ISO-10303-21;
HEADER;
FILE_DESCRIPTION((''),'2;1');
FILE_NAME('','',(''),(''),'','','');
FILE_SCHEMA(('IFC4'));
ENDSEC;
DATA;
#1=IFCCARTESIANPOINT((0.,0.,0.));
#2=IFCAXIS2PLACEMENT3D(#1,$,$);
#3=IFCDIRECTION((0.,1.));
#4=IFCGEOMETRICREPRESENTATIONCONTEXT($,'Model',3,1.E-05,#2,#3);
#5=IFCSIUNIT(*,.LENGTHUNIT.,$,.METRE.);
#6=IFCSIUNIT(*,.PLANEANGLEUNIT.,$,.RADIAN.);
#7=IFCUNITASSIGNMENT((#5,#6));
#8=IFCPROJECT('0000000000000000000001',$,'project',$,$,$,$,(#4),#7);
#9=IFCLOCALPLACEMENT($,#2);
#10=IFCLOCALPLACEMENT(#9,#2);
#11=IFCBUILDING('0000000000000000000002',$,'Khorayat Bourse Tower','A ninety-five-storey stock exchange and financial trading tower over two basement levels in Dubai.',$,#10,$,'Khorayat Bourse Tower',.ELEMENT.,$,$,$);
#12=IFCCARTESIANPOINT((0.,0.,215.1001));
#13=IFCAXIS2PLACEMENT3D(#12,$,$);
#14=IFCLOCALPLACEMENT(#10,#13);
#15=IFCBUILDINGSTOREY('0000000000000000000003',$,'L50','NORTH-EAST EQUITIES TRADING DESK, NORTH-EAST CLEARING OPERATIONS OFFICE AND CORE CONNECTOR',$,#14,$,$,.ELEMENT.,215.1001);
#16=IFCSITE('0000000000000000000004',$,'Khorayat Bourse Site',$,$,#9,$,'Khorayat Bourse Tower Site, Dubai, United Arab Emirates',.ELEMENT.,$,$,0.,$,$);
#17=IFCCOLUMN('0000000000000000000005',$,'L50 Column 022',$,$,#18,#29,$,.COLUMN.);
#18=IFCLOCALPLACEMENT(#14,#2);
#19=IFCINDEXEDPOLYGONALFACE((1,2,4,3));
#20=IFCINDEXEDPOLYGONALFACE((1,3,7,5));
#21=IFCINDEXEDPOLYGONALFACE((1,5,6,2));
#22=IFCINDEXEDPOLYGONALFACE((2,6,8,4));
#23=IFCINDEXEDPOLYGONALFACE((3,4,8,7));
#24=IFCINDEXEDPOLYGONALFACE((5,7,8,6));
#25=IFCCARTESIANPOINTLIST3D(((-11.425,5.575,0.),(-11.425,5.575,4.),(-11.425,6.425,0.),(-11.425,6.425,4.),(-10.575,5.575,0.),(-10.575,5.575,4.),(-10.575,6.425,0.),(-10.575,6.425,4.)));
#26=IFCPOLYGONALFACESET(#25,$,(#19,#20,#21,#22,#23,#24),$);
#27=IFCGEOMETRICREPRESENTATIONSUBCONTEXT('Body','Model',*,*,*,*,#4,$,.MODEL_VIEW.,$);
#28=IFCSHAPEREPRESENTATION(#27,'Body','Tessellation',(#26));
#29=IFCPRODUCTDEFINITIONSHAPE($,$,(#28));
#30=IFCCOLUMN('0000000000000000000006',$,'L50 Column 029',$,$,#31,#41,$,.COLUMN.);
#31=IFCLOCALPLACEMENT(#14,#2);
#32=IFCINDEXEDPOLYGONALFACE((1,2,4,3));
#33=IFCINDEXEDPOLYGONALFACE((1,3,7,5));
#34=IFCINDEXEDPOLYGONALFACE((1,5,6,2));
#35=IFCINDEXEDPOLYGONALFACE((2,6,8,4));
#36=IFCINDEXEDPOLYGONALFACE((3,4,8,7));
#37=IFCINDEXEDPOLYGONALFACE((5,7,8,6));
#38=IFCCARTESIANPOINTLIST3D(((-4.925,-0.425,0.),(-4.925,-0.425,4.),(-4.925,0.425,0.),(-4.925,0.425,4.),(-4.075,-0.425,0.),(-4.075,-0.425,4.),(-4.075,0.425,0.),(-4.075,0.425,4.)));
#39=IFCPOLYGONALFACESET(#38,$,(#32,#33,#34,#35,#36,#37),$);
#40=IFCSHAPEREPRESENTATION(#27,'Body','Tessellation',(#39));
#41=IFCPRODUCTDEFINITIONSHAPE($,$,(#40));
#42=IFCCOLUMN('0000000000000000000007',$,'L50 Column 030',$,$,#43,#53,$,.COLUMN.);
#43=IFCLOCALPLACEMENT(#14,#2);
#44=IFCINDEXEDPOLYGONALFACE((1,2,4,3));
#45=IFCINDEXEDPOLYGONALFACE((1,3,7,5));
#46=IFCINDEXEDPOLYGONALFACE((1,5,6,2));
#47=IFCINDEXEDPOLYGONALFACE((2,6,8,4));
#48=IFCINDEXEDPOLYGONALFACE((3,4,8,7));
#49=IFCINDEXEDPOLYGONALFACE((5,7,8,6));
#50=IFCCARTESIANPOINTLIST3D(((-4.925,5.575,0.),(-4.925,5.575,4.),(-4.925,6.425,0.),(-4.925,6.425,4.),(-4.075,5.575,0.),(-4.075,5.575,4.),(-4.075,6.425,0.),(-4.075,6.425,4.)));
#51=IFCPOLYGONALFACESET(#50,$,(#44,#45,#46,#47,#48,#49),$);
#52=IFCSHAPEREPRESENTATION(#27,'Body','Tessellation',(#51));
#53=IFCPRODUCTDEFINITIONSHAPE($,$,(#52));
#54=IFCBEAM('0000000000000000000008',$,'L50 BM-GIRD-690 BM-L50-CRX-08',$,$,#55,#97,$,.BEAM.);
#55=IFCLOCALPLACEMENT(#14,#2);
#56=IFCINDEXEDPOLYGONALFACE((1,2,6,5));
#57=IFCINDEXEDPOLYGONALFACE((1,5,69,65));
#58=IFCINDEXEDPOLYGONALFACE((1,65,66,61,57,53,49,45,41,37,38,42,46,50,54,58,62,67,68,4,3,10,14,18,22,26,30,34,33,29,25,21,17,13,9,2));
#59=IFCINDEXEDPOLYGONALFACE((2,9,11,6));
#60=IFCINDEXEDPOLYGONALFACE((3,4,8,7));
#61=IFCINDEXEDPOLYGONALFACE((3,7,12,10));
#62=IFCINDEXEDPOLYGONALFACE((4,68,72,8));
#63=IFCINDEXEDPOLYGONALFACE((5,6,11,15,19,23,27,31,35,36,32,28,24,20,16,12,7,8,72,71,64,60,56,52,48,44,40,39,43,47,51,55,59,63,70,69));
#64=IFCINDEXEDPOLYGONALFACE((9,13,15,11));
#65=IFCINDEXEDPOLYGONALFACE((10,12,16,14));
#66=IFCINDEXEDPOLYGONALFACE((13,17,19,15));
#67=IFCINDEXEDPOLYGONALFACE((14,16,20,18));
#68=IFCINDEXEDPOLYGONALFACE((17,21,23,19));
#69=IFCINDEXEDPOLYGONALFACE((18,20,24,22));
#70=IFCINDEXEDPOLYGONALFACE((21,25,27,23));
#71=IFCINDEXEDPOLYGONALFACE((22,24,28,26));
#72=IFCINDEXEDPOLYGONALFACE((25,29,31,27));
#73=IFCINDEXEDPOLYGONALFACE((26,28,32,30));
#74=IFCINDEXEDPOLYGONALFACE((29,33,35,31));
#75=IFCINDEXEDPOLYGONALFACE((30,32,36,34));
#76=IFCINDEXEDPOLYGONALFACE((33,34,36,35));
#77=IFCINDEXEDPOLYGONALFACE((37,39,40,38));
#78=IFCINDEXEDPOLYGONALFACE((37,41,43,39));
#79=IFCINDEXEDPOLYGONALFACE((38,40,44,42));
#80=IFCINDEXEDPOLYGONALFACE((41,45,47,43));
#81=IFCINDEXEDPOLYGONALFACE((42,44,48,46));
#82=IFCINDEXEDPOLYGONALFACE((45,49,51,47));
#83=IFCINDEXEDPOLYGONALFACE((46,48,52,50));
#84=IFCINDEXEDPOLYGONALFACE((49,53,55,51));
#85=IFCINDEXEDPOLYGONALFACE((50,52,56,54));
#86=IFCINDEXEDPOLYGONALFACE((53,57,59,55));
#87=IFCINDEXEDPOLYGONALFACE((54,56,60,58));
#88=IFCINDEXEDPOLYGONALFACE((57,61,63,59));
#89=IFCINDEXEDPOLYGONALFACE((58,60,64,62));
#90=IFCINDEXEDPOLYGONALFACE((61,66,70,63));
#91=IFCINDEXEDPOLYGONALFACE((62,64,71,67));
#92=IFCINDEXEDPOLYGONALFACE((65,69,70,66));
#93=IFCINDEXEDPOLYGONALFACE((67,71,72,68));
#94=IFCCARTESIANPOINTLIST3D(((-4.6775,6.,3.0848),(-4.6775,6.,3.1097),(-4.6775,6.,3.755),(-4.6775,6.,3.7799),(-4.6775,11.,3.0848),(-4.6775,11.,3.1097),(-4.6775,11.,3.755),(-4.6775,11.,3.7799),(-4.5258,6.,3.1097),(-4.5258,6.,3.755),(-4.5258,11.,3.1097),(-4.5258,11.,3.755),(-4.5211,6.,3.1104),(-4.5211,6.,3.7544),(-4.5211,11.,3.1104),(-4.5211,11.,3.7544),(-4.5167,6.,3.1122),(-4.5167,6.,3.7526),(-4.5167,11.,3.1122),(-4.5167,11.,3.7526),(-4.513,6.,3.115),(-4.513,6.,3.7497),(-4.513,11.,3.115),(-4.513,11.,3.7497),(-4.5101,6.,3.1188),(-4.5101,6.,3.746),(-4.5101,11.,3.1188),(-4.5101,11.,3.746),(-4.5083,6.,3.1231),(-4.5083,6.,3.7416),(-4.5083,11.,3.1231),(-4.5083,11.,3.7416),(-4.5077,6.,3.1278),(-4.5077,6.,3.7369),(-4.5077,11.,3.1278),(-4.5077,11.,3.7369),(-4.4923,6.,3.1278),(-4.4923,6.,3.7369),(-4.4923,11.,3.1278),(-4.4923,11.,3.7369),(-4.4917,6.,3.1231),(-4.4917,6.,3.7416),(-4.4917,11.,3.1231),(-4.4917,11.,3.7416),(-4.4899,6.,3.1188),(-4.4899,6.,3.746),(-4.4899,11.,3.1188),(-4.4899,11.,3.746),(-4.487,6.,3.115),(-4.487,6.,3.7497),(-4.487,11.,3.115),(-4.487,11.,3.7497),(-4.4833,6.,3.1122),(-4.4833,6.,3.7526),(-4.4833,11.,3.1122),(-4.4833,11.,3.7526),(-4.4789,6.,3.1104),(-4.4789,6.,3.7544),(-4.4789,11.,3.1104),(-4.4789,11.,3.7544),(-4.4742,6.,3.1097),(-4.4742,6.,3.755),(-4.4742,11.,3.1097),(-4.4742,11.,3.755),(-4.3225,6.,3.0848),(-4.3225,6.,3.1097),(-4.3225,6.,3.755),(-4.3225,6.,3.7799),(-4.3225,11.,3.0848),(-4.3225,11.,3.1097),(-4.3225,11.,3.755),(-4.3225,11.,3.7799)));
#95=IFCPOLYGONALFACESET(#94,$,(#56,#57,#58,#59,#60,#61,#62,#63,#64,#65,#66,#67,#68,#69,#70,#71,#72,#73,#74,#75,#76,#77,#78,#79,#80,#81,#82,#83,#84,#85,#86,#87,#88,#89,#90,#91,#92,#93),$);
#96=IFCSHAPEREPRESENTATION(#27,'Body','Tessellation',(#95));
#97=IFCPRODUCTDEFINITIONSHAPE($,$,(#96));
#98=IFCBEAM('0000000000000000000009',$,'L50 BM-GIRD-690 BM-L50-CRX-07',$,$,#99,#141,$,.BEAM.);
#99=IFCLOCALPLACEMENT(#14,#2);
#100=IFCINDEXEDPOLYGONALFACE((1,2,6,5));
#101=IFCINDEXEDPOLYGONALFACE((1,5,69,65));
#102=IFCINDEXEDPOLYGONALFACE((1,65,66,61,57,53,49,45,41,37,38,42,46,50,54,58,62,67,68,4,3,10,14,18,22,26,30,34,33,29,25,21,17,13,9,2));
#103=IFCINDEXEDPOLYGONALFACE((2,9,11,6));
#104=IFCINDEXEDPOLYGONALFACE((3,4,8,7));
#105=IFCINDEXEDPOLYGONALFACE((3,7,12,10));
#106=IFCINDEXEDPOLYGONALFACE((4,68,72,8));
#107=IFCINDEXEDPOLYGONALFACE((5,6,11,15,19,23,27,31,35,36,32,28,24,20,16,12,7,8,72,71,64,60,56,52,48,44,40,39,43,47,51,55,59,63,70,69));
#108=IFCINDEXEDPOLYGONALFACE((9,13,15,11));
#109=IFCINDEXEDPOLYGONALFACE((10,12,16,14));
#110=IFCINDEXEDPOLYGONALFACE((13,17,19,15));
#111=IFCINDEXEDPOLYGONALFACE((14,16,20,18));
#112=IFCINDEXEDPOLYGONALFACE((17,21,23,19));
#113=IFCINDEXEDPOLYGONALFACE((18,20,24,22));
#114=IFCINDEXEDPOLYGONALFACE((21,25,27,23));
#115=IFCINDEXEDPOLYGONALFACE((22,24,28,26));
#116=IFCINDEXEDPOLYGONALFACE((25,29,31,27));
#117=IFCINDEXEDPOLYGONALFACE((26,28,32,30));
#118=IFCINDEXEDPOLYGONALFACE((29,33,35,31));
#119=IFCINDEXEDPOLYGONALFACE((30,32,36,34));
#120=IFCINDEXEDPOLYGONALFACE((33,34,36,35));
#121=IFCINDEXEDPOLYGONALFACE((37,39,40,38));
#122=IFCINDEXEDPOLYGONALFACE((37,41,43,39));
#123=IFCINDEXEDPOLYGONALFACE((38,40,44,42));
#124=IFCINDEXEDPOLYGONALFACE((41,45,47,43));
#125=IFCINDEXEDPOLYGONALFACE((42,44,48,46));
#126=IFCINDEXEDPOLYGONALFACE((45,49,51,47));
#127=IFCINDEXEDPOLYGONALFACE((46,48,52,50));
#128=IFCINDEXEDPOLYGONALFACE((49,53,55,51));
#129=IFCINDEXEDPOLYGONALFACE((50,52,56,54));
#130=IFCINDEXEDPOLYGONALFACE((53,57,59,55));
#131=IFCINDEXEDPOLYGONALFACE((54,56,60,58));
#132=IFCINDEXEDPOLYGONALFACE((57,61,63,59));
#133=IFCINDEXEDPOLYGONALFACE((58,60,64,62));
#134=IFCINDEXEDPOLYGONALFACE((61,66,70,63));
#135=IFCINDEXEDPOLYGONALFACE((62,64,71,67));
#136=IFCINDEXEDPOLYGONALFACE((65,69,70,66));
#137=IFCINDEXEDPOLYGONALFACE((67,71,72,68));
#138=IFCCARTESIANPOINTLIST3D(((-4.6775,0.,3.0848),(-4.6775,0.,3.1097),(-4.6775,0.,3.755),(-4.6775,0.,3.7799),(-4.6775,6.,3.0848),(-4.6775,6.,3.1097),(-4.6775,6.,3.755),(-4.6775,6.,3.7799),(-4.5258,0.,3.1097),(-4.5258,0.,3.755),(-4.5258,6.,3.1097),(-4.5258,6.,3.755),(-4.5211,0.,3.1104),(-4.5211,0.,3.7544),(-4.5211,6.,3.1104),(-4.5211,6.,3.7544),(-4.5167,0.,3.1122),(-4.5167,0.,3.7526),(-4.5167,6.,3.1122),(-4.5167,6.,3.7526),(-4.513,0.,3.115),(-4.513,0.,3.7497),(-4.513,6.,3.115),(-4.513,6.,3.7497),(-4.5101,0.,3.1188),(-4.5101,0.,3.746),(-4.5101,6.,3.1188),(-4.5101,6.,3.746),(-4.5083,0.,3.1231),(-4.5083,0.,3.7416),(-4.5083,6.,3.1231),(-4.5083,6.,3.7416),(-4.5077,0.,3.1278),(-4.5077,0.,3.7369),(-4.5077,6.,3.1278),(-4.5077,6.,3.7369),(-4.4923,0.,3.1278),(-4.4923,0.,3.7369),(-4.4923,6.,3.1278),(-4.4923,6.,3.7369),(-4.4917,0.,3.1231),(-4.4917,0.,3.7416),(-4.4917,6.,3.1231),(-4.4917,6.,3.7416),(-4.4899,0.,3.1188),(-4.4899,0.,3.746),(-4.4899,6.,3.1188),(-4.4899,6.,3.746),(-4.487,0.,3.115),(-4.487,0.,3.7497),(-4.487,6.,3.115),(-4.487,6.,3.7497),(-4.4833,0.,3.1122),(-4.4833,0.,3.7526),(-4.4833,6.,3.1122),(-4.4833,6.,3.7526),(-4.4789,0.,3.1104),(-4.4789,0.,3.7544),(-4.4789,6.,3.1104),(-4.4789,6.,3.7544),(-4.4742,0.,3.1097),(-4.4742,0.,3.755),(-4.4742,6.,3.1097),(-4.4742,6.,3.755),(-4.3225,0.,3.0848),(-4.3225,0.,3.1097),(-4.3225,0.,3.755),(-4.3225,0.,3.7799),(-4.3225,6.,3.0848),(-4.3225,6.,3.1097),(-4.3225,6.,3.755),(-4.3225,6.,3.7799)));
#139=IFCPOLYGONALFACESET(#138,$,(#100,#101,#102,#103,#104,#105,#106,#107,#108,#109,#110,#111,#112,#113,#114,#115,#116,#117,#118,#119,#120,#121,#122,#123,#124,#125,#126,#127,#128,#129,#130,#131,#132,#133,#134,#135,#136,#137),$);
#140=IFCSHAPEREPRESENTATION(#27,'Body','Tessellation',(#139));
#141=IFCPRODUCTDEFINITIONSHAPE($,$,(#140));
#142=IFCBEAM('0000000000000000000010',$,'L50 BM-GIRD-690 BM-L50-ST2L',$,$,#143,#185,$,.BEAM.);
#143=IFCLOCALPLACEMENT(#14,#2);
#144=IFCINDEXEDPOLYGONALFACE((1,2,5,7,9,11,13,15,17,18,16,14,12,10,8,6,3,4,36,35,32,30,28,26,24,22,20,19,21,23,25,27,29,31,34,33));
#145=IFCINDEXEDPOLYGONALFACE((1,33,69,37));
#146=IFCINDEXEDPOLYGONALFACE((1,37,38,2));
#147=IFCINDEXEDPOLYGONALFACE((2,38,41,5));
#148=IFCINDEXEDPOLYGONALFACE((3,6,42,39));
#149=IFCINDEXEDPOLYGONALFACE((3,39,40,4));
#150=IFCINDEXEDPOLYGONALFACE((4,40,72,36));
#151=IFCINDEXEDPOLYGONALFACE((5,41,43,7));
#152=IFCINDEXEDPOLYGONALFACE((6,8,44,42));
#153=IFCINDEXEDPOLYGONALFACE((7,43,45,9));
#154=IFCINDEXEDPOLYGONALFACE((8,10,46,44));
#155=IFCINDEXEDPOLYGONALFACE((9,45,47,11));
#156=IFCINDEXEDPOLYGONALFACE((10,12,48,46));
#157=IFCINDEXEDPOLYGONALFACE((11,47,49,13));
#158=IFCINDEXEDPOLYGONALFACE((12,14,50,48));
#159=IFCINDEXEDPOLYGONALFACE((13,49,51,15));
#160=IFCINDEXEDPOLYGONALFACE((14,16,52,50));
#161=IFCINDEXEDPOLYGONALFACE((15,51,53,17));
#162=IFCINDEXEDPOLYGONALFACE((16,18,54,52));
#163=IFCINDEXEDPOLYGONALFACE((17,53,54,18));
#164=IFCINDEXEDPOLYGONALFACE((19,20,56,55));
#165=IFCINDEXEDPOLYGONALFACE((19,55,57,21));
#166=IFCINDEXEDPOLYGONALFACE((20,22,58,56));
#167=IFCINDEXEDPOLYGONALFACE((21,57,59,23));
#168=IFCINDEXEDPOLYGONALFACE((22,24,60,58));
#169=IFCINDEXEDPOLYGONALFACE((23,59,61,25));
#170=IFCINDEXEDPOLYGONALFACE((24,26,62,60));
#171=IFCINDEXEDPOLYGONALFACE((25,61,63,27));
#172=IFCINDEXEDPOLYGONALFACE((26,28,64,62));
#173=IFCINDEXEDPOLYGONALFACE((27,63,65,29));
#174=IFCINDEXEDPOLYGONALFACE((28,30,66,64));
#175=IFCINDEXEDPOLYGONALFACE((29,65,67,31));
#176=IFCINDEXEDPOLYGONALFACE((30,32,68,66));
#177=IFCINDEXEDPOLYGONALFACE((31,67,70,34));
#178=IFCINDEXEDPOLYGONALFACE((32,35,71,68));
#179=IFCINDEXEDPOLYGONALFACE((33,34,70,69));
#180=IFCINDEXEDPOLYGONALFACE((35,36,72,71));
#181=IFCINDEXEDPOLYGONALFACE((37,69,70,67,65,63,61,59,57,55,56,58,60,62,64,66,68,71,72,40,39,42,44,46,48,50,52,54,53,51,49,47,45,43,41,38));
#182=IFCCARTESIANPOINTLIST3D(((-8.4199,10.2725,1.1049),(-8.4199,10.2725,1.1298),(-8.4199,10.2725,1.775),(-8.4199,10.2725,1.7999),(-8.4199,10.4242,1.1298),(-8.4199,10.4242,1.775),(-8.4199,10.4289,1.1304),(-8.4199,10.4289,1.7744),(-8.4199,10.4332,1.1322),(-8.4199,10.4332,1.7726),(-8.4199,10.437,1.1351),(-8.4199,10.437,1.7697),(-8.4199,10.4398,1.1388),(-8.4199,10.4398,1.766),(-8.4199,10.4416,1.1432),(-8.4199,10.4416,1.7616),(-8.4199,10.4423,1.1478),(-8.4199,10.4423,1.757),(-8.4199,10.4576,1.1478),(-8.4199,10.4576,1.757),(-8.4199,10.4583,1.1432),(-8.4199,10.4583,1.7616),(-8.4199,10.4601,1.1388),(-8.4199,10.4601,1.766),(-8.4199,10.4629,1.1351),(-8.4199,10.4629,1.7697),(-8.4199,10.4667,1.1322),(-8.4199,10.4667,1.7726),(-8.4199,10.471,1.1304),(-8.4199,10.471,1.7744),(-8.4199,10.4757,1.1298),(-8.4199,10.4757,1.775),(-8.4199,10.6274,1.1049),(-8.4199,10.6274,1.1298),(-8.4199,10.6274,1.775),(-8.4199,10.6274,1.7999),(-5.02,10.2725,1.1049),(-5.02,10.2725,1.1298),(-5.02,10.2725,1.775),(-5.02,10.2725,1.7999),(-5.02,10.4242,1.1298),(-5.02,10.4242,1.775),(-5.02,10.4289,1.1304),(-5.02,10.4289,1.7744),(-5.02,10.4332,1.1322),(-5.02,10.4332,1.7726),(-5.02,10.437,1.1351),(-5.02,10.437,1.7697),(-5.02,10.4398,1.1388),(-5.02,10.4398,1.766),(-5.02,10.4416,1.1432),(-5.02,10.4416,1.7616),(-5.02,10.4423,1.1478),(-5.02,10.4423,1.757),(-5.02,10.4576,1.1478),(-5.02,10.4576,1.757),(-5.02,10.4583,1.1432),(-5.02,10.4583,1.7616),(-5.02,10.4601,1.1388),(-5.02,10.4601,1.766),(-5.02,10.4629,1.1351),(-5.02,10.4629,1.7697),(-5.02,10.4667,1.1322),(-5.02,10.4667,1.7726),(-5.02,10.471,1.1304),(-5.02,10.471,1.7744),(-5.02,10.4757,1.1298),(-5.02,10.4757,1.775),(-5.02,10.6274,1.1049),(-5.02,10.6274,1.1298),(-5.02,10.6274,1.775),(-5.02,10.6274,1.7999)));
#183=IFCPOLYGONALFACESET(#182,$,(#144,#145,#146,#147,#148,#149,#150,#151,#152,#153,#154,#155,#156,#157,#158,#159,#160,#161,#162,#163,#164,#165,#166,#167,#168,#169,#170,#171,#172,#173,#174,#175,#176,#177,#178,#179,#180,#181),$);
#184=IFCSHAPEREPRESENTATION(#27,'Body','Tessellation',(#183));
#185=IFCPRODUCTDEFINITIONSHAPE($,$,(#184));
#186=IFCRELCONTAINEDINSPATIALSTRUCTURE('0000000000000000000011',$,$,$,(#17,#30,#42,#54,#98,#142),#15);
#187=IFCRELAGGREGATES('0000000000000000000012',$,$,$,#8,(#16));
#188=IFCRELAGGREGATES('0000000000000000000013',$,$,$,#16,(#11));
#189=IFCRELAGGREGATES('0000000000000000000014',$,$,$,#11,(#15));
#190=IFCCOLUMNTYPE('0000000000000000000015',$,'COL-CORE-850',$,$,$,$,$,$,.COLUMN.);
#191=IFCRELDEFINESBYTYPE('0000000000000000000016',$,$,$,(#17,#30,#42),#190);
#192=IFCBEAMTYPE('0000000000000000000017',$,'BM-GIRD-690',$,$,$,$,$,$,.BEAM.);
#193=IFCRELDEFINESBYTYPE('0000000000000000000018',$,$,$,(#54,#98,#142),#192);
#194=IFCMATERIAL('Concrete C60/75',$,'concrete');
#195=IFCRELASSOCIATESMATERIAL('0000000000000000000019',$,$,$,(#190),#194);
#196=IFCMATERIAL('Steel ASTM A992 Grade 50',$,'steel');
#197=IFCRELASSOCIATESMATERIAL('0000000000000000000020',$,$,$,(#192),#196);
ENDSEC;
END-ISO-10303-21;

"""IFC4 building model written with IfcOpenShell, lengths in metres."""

from ifc_helpers import new_model, si_unit, direction, frame, origin, origin_2d, place, context, subcontext, project, spatial, rectangle, i_section, extrude, source, transform, mapped, material, material_profile, profile_set, type_object, element, save


model = new_model("IFC4")

# Units and contexts
model_context = context("Model", 3, precision=1e-05, world=origin(), true_north=direction((0.0, 1.0)))
body_context = subcontext(model_context, "Body", "Model", "MODEL_VIEW")
ifc_project = project(units=[si_unit("LENGTHUNIT", "METRE"), si_unit("PLANEANGLEUNIT", "RADIAN")], contexts=[model_context])

# Site, building, storey
site_placement = place(None, origin())
site = spatial("IfcSite", under=ifc_project, at=site_placement, Name="Khorayat Bourse Site", LongName="Khorayat Bourse Tower Site, Dubai, United Arab Emirates", CompositionType="ELEMENT", RefElevation=0.0)
building_placement = place(site_placement, origin())
building = spatial("IfcBuilding", under=site, at=building_placement, Name="Khorayat Bourse Tower", Description="A ninety-five-storey stock exchange and financial trading tower over two basement levels in Dubai.", LongName="Khorayat Bourse Tower", CompositionType="ELEMENT")
storey_placement = place(building_placement, frame((0.0, 0.0, 215.1001)))
storey = spatial("IfcBuildingStorey", under=building, at=storey_placement, Name="L50", Description="NORTH-EAST EQUITIES TRADING DESK, NORTH-EAST CLEARING OPERATIONS OFFICE AND CORE CONNECTOR", CompositionType="ELEMENT", Elevation=215.1001)

# Columns
ifc_material_1 = material(Name="Concrete C60/75", Category="concrete")
ifc_material_profile_1 = material_profile(ifc_material_1, rectangle(XDim=0.8501, YDim=0.8501, at=origin_2d()), Name="RC 850x850")
ifc_profile_set_1 = profile_set([ifc_material_profile_1], Name="Concrete C60/75")
column_type = type_object("IfcColumnType", Name="COL-CORE-850", PredefinedType="COLUMN", material=ifc_profile_set_1)
shared_shape_1 = source(origin(), body_context, "Body", "SweptSolid", [
    extrude(rectangle(XDim=0.8501, YDim=0.8501, at=origin_2d()), origin(), (0.0, 0.0, 1.0), 4.0),
])
for number, where, z_axis, x_axis, name in (
    (1, (-11.0, 6.0, 0.0), (0.0, 0.0, 1.0), (1.0, 0.0, 0.0), "L50 Column 022"),
    (2, (-4.5, 0.0, 0.0), (0.0, 0.0, 1.0), (1.0, 0.0, 0.0), "L50 Column 029"),
    (3, (-4.5, 6.0, 0.0), (0.0, 0.0, 1.0), (1.0, 0.0, 0.0), "L50 Column 030"),
):
    element("IfcColumn", number, at=place(storey_placement, frame(where, z_axis=z_axis, x_axis=x_axis)), inside=storey, type_object=column_type, Name=name, PredefinedType="COLUMN", context=body_context, shape_type="MappedRepresentation", body=[
        mapped(shared_shape_1, transform((0.0, 0.0, 0.0), scale=1.0)),
    ])

# Beams
ifc_material_2 = material(Name="Steel ASTM A992 Grade 50", Category="steel")
ifc_material_profile_2 = material_profile(ifc_material_2, i_section(OverallWidth=0.355, OverallDepth=0.6951, WebThickness=0.0154, FlangeThickness=0.0249, FilletRadius=0.0181, at=origin_2d()), Name="W690X217")
ifc_profile_set_2 = profile_set([ifc_material_profile_2], Name="Steel ASTM A992 Grade 50")
beam_type_1 = type_object("IfcBeamType", Name="BM-GIRD-690", PredefinedType="BEAM", material=ifc_profile_set_2)
shared_shape_2 = source(origin(), body_context, "Body", "SweptSolid", [
    extrude(i_section(OverallWidth=0.355, OverallDepth=0.6951, WebThickness=0.0154, FlangeThickness=0.0249, FilletRadius=0.0181, at=origin_2d()), origin(), (0.0, 0.0, 1.0), 5.0),
])
beam_1_placement = place(storey_placement, frame((-4.5, 6.0, 3.4324), z_axis=(0.0, 1.0, 0.0), x_axis=(-1.0, 0.0, 0.0)))
element("IfcBeam", 4, at=beam_1_placement, inside=storey, type_object=beam_type_1, Name="L50 BM-GIRD-690 BM-L50-CRX-08", PredefinedType="BEAM", context=body_context, shape_type="MappedRepresentation", body=[
    mapped(shared_shape_2, transform((0.0, 0.0, 0.0), scale=1.0)),
])
shared_shape_3 = source(origin(), body_context, "Body", "SweptSolid", [
    extrude(i_section(OverallWidth=0.355, OverallDepth=0.6951, WebThickness=0.0154, FlangeThickness=0.0249, FilletRadius=0.0181, at=origin_2d()), origin(), (0.0, 0.0, 1.0), 6.0),
])
beam_2_placement = place(storey_placement, frame((-4.5, 0.0, 3.4324), z_axis=(0.0, 1.0, 0.0), x_axis=(-1.0, 0.0, 0.0)))
element("IfcBeam", 5, at=beam_2_placement, inside=storey, type_object=beam_type_1, Name="L50 BM-GIRD-690 BM-L50-CRX-07", PredefinedType="BEAM", context=body_context, shape_type="MappedRepresentation", body=[
    mapped(shared_shape_3, transform((0.0, 0.0, 0.0), scale=1.0)),
])
shared_shape_4 = source(origin(), body_context, "Body", "SweptSolid", [
    extrude(i_section(OverallWidth=0.355, OverallDepth=0.6951, WebThickness=0.0154, FlangeThickness=0.0249, FilletRadius=0.0181, at=origin_2d()), origin(), (0.0, 0.0, 1.0), 3.3999),
])
beam_3_placement = place(storey_placement, frame((-8.4199, 10.45, 1.4524), z_axis=(1.0, 0.0, 0.0), x_axis=(0.0, 1.0, 0.0)))
element("IfcBeam", 6, at=beam_3_placement, inside=storey, type_object=beam_type_1, Name="L50 BM-GIRD-690 BM-L50-ST2L", PredefinedType="BEAM", context=body_context, shape_type="MappedRepresentation", body=[
    mapped(shared_shape_4, transform((0.0, 0.0, 0.0), scale=1.0)),
])

save(model, "model.ifc")
